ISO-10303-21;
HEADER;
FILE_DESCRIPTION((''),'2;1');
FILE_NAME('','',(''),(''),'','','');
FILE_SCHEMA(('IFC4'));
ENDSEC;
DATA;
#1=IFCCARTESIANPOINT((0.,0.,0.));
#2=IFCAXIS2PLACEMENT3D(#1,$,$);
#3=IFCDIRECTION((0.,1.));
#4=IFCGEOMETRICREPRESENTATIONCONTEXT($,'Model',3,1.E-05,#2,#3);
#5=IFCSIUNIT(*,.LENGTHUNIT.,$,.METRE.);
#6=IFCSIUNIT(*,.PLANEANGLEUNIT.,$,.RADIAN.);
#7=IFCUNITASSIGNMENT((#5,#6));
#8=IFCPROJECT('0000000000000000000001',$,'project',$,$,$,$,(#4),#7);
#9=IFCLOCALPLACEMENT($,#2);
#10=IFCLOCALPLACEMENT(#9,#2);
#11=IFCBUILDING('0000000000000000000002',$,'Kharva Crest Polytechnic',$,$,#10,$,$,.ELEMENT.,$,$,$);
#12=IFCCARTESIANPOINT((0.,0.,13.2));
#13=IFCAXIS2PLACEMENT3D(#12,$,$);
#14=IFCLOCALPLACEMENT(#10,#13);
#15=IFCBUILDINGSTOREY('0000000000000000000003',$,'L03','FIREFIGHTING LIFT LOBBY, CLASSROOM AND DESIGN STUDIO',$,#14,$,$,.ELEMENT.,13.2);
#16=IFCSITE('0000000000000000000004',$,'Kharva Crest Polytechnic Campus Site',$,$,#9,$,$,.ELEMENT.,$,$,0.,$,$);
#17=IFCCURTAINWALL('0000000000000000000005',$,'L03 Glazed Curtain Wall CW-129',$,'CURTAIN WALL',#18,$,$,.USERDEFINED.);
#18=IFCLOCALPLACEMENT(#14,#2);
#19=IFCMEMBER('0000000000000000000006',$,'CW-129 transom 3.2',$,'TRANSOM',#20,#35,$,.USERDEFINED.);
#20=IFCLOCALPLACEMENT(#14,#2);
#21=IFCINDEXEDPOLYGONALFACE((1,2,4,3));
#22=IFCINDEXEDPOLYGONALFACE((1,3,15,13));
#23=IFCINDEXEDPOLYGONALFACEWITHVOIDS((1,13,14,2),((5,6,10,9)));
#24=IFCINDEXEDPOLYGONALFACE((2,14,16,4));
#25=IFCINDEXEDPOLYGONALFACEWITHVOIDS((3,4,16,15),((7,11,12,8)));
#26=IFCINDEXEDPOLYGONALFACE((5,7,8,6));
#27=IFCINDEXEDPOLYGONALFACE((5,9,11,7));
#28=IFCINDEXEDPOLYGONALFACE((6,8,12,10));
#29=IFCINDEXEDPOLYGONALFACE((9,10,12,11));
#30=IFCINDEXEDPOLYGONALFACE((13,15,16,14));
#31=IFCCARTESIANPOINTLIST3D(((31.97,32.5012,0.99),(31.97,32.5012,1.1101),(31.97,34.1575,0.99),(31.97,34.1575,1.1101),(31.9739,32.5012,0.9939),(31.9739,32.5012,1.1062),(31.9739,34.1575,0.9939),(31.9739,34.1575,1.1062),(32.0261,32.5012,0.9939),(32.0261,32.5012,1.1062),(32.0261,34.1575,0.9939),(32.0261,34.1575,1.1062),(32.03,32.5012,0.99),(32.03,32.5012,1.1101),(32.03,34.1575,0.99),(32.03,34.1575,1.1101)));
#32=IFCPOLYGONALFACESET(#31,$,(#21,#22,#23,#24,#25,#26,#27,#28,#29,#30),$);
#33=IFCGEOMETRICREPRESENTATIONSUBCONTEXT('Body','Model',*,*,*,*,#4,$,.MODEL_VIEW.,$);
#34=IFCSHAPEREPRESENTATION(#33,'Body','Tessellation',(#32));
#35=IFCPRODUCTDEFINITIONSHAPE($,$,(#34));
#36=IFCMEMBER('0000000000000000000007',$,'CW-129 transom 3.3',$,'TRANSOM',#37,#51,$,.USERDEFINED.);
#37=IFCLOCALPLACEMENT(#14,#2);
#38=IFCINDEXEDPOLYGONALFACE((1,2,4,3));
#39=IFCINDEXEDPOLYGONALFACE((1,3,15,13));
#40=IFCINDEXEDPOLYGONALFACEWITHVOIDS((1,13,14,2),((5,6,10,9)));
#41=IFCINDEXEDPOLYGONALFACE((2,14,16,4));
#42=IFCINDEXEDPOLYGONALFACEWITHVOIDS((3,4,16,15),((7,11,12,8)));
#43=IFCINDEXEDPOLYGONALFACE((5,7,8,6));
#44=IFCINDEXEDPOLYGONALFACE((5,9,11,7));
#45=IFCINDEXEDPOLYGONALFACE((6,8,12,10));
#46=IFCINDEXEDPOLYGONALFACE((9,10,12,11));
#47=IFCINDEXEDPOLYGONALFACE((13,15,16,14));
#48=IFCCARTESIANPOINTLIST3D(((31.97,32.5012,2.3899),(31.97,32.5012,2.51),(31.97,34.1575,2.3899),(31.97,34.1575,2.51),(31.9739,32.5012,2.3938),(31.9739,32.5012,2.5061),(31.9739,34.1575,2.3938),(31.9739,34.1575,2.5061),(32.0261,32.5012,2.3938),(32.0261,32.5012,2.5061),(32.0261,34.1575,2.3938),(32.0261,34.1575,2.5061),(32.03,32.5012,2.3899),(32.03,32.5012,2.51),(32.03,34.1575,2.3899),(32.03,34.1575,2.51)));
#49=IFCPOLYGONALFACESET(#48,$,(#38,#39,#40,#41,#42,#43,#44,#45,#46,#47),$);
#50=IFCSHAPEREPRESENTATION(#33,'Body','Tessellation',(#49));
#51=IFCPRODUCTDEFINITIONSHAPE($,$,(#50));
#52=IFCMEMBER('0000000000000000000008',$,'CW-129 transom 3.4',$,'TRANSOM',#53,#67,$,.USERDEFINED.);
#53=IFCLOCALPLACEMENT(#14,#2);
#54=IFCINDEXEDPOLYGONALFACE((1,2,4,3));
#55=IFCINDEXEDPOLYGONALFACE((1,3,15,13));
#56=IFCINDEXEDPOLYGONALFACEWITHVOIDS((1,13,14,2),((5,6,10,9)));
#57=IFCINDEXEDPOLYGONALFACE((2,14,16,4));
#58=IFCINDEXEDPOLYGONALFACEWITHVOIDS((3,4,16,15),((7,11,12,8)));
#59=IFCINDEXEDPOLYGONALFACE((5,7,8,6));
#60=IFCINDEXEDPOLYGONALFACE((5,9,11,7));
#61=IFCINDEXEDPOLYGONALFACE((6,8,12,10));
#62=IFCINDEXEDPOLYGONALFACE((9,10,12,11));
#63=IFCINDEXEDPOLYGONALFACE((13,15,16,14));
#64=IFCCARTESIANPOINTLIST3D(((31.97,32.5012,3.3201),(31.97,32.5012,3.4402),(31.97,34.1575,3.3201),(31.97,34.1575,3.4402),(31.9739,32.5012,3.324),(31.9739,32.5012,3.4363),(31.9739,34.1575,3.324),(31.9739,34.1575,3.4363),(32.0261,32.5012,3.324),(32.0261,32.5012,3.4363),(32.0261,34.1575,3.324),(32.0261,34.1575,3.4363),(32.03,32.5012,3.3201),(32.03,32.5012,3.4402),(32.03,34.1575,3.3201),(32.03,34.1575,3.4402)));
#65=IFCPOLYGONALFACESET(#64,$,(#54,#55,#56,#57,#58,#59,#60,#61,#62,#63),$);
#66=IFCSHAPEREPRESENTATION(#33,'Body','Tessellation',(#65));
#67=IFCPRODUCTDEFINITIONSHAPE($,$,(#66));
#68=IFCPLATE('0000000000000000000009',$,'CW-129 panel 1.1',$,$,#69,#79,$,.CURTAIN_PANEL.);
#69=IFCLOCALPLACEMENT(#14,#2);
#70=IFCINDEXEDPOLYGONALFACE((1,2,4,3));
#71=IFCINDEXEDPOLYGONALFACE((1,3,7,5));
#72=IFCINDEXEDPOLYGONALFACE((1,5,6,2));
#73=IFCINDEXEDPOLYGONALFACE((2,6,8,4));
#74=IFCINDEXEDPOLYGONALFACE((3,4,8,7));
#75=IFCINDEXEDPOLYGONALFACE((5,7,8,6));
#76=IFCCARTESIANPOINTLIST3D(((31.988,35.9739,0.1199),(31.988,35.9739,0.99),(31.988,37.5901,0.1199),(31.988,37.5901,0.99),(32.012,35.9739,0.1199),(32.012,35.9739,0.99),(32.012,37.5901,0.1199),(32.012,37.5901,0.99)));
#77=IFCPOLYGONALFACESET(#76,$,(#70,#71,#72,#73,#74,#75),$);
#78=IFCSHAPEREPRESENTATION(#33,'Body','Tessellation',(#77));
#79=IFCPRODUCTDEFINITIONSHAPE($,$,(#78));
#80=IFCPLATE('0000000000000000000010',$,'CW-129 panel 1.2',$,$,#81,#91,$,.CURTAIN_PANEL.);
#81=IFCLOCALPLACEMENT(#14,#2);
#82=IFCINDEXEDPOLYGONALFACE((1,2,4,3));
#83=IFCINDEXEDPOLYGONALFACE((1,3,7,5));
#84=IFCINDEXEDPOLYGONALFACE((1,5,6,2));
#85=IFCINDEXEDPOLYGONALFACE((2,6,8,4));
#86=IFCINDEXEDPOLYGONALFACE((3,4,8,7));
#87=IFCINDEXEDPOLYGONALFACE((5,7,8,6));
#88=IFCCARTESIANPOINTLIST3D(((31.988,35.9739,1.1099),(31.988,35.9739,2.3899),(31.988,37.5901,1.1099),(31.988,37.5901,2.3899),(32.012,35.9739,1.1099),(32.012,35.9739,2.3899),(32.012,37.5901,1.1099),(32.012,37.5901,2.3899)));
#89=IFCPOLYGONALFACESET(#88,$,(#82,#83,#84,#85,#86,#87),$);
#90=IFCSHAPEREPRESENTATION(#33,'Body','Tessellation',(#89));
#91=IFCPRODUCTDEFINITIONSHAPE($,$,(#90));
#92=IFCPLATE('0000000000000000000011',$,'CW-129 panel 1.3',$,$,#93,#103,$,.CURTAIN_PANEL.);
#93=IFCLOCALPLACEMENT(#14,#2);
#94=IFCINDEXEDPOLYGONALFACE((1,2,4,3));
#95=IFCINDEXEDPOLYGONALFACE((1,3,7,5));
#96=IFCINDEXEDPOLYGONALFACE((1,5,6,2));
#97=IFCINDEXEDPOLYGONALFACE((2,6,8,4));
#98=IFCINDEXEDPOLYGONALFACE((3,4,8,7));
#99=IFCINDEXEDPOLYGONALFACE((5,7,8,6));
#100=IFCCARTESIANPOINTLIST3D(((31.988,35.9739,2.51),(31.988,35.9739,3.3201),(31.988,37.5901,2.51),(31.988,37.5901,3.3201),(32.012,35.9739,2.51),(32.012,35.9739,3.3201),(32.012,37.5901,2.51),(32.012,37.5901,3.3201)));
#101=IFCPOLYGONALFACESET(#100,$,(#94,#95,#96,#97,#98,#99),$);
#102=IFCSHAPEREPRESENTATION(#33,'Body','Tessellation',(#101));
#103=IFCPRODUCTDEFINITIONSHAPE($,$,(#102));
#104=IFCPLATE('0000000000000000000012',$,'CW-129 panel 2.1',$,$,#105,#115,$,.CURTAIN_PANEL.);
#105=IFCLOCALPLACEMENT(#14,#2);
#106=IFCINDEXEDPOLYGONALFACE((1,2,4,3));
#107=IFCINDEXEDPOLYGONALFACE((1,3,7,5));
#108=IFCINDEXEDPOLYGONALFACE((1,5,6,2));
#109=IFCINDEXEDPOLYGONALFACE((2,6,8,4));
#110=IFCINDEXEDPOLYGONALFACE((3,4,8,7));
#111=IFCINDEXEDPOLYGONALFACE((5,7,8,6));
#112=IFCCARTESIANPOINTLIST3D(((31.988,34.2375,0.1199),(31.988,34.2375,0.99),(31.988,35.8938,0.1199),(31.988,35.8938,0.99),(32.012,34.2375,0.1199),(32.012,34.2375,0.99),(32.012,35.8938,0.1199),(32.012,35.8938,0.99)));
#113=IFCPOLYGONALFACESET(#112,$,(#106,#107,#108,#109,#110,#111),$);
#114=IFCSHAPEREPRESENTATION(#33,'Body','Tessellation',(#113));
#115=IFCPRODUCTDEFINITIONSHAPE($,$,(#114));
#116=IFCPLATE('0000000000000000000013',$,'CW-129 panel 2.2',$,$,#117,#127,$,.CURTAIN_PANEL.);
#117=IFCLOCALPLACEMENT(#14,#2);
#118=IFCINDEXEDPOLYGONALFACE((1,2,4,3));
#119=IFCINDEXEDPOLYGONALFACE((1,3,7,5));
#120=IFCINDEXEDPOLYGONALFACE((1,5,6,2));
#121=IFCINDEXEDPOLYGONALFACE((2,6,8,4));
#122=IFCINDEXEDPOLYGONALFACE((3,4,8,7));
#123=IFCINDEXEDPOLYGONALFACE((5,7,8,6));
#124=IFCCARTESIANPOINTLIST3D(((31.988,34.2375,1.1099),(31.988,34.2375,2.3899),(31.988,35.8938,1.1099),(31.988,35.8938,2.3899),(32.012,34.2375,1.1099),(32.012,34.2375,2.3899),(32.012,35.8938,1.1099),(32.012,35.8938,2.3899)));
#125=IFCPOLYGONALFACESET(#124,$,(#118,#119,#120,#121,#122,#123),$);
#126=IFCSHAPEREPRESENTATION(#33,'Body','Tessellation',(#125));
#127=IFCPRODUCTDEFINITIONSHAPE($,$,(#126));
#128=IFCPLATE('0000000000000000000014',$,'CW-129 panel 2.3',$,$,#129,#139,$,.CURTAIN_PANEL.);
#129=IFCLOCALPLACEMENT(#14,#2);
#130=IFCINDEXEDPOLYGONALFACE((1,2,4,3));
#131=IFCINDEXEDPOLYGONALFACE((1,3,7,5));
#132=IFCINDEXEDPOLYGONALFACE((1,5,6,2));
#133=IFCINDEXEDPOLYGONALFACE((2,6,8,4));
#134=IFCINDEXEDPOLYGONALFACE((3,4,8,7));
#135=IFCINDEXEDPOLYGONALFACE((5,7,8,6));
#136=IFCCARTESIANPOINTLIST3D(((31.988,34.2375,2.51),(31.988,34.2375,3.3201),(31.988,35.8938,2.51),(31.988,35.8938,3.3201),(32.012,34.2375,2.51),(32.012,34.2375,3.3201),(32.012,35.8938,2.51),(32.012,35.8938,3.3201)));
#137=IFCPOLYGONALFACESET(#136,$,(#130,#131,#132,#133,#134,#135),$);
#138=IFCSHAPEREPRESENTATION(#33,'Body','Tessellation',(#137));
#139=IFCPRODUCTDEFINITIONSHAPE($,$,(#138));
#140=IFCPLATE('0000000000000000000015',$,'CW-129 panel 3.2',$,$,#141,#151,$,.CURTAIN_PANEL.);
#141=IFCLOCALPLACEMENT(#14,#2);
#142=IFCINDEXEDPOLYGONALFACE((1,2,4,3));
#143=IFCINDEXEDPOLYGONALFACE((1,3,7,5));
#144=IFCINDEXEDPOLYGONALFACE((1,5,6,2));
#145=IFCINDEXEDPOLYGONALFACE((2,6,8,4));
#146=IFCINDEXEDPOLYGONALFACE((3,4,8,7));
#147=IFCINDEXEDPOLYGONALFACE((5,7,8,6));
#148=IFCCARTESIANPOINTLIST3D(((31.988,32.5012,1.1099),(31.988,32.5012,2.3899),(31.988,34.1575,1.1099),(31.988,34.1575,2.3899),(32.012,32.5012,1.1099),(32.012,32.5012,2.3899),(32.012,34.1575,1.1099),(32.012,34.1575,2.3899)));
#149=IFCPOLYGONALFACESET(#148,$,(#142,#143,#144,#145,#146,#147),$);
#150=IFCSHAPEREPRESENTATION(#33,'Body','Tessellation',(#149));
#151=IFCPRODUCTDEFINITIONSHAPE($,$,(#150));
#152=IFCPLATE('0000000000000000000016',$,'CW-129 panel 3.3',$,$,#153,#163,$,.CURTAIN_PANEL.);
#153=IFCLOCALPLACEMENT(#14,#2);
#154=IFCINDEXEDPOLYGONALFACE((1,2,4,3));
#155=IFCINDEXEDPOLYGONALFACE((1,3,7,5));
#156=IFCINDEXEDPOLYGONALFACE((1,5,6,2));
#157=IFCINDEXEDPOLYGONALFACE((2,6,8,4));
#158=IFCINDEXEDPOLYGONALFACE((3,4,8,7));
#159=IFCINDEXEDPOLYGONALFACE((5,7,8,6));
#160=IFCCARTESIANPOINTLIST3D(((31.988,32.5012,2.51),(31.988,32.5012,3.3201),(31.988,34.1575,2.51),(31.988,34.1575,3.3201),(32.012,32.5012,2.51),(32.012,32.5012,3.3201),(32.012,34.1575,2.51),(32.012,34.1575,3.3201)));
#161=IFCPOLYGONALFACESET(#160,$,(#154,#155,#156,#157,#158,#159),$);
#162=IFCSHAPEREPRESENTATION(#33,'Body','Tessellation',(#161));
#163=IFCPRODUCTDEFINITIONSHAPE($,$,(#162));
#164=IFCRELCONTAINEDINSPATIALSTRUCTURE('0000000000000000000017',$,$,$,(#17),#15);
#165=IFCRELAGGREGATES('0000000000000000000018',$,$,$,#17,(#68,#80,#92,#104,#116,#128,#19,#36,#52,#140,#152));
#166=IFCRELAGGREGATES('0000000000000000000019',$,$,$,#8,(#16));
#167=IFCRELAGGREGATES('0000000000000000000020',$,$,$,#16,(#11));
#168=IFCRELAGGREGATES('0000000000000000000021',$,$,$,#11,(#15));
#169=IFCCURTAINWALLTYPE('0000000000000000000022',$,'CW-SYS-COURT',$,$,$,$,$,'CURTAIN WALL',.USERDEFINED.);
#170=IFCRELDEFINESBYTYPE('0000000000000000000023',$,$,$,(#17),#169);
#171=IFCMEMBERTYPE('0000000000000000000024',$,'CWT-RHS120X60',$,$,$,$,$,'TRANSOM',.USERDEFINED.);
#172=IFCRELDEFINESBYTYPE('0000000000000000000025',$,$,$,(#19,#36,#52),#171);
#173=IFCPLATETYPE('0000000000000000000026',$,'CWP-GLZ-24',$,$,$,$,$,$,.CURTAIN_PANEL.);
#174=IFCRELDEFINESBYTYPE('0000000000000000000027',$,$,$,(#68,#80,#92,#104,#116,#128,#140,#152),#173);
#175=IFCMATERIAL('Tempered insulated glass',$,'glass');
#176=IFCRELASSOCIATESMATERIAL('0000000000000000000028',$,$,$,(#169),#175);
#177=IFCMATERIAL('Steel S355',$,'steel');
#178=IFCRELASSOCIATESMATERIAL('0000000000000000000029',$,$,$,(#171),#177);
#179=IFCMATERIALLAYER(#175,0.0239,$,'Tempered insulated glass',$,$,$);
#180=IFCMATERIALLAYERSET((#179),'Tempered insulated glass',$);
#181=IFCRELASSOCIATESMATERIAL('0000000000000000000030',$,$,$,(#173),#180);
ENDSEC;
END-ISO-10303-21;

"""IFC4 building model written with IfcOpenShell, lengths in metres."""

from ifc_helpers import new_model, si_unit, direction, frame, origin, origin_2d, place, context, subcontext, project, spatial, rectangle, hollow_rectangle, extrude, material, layer, layer_set, material_profile, profile_set, type_object, element, aggregate, save


model = new_model("IFC4")

# Units and contexts
model_context = context("Model", 3, precision=1e-05, world=origin(), true_north=direction((0.0, 1.0)))
body_context = subcontext(model_context, "Body", "Model", "MODEL_VIEW")
ifc_project = project(units=[si_unit("LENGTHUNIT", "METRE"), si_unit("PLANEANGLEUNIT", "RADIAN")], contexts=[model_context])

# Site, building, storey
site_placement = place(None, origin())
site = spatial("IfcSite", under=ifc_project, at=site_placement, Name="Kharva Crest Polytechnic Campus Site", CompositionType="ELEMENT", RefElevation=0.0)
building_placement = place(site_placement, origin())
building = spatial("IfcBuilding", under=site, at=building_placement, Name="Kharva Crest Polytechnic", CompositionType="ELEMENT")
storey_placement = place(building_placement, frame((0.0, 0.0, 13.2)))
storey = spatial("IfcBuildingStorey", under=building, at=storey_placement, Name="L03", Description="FIREFIGHTING LIFT LOBBY, CLASSROOM AND DESIGN STUDIO", CompositionType="ELEMENT", Elevation=13.2)

# Curtain wall, members, plates
ifc_material_1 = material(Name="Tempered insulated glass", Category="glass")
curtain_wall_type = type_object("IfcCurtainWallType", Name="CW-SYS-COURT", ElementType="CURTAIN WALL", PredefinedType="USERDEFINED", material=ifc_material_1)
curtain_wall_placement = place(storey_placement, origin())
curtain_wall = element("IfcCurtainWall", 1, at=curtain_wall_placement, inside=storey, type_object=curtain_wall_type, Name="L03 Glazed Curtain Wall CW-129", ObjectType="CURTAIN WALL", PredefinedType="USERDEFINED")
ifc_material_2 = material(Name="Steel S355", Category="steel")
ifc_material_profile_1 = material_profile(ifc_material_2, hollow_rectangle(XDim=0.0601, YDim=0.1201, WallThickness=0.0039, at=origin_2d()), Name="RHS 120X60X4.0")
ifc_profile_set_1 = profile_set([ifc_material_profile_1], Name="Steel S355")
member_type_1 = type_object("IfcMemberType", Name="CWT-RHS120X60", ElementType="TRANSOM", PredefinedType="USERDEFINED", material=ifc_profile_set_1)
member_1_placement = place(storey_placement, frame((32.0, 34.1575, 1.05), z_axis=(0.0, -1.0, 0.0), x_axis=(1.0, 0.0, 0.0)))
member_1 = element("IfcMember", 2, at=member_1_placement, type_object=member_type_1, Name="CW-129 transom 3.2", ObjectType="TRANSOM", PredefinedType="USERDEFINED", context=body_context, shape_type="SweptSolid", body=[
    extrude(hollow_rectangle(XDim=0.0601, YDim=0.1201, WallThickness=0.0039, at=origin_2d()), origin(), (0.0, 0.0, 1.0), 1.6562),
])
member_2_placement = place(storey_placement, frame((32.0, 34.1575, 2.45), z_axis=(0.0, -1.0, 0.0), x_axis=(1.0, 0.0, 0.0)))
member_2 = element("IfcMember", 3, at=member_2_placement, type_object=member_type_1, Name="CW-129 transom 3.3", ObjectType="TRANSOM", PredefinedType="USERDEFINED", context=body_context, shape_type="SweptSolid", body=[
    extrude(hollow_rectangle(XDim=0.0601, YDim=0.1201, WallThickness=0.0039, at=origin_2d()), origin(), (0.0, 0.0, 1.0), 1.6562),
])
member_3_placement = place(storey_placement, frame((32.0, 34.1575, 3.3801), z_axis=(0.0, -1.0, 0.0), x_axis=(1.0, 0.0, 0.0)))
member_3 = element("IfcMember", 4, at=member_3_placement, type_object=member_type_1, Name="CW-129 transom 3.4", ObjectType="TRANSOM", PredefinedType="USERDEFINED", context=body_context, shape_type="SweptSolid", body=[
    extrude(hollow_rectangle(XDim=0.0601, YDim=0.1201, WallThickness=0.0039, at=origin_2d()), origin(), (0.0, 0.0, 1.0), 1.6562),
])
ifc_layer = layer(ifc_material_1, 0.0239, Name="Tempered insulated glass")
ifc_layer_set = layer_set([ifc_layer], Name="Tempered insulated glass")
plate_type = type_object("IfcPlateType", Name="CWP-GLZ-24", PredefinedType="CURTAIN_PANEL", material=ifc_layer_set)
plate_1_placement = place(storey_placement, frame((32.0, 36.782, 0.1199), z_axis=(0.0, 0.0, 1.0), x_axis=(0.0, -1.0, 0.0)))
plate_1 = element("IfcPlate", 5, at=plate_1_placement, type_object=plate_type, Name="CW-129 panel 1.1", PredefinedType="CURTAIN_PANEL", context=body_context, shape_type="SweptSolid", body=[
    extrude(rectangle(XDim=1.6162, YDim=0.0239, at=origin_2d()), origin(), (0.0, 0.0, 1.0), 0.8701),
])
plate_2_placement = place(storey_placement, frame((32.0, 36.782, 1.1099), z_axis=(0.0, 0.0, 1.0), x_axis=(0.0, -1.0, 0.0)))
plate_2 = element("IfcPlate", 6, at=plate_2_placement, type_object=plate_type, Name="CW-129 panel 1.2", PredefinedType="CURTAIN_PANEL", context=body_context, shape_type="SweptSolid", body=[
    extrude(rectangle(XDim=1.6162, YDim=0.0239, at=origin_2d()), origin(), (0.0, 0.0, 1.0), 1.28),
])
plate_3_placement = place(storey_placement, frame((32.0, 36.782, 2.51), z_axis=(0.0, 0.0, 1.0), x_axis=(0.0, -1.0, 0.0)))
plate_3 = element("IfcPlate", 7, at=plate_3_placement, type_object=plate_type, Name="CW-129 panel 1.3", PredefinedType="CURTAIN_PANEL", context=body_context, shape_type="SweptSolid", body=[
    extrude(rectangle(XDim=1.6162, YDim=0.0239, at=origin_2d()), origin(), (0.0, 0.0, 1.0), 0.8101),
])
plate_4_placement = place(storey_placement, frame((32.0, 35.0657, 0.1199), z_axis=(0.0, 0.0, 1.0), x_axis=(0.0, -1.0, 0.0)))
plate_4 = element("IfcPlate", 8, at=plate_4_placement, type_object=plate_type, Name="CW-129 panel 2.1", PredefinedType="CURTAIN_PANEL", context=body_context, shape_type="SweptSolid", body=[
    extrude(rectangle(XDim=1.6562, YDim=0.0239, at=origin_2d()), origin(), (0.0, 0.0, 1.0), 0.8701),
])
plate_5_placement = place(storey_placement, frame((32.0, 35.0657, 1.1099), z_axis=(0.0, 0.0, 1.0), x_axis=(0.0, -1.0, 0.0)))
plate_5 = element("IfcPlate", 9, at=plate_5_placement, type_object=plate_type, Name="CW-129 panel 2.2", PredefinedType="CURTAIN_PANEL", context=body_context, shape_type="SweptSolid", body=[
    extrude(rectangle(XDim=1.6562, YDim=0.0239, at=origin_2d()), origin(), (0.0, 0.0, 1.0), 1.28),
])
plate_6_placement = place(storey_placement, frame((32.0, 35.0657, 2.51), z_axis=(0.0, 0.0, 1.0), x_axis=(0.0, -1.0, 0.0)))
plate_6 = element("IfcPlate", 10, at=plate_6_placement, type_object=plate_type, Name="CW-129 panel 2.3", PredefinedType="CURTAIN_PANEL", context=body_context, shape_type="SweptSolid", body=[
    extrude(rectangle(XDim=1.6562, YDim=0.0239, at=origin_2d()), origin(), (0.0, 0.0, 1.0), 0.8101),
])
plate_7_placement = place(storey_placement, frame((32.0, 33.3293, 1.1099), z_axis=(0.0, 0.0, 1.0), x_axis=(0.0, -1.0, 0.0)))
plate_7 = element("IfcPlate", 11, at=plate_7_placement, type_object=plate_type, Name="CW-129 panel 3.2", PredefinedType="CURTAIN_PANEL", context=body_context, shape_type="SweptSolid", body=[
    extrude(rectangle(XDim=1.6562, YDim=0.0239, at=origin_2d()), origin(), (0.0, 0.0, 1.0), 1.28),
])
plate_8_placement = place(storey_placement, frame((32.0, 33.3293, 2.51), z_axis=(0.0, 0.0, 1.0), x_axis=(0.0, -1.0, 0.0)))
plate_8 = element("IfcPlate", 12, at=plate_8_placement, type_object=plate_type, Name="CW-129 panel 3.3", PredefinedType="CURTAIN_PANEL", context=body_context, shape_type="SweptSolid", body=[
    extrude(rectangle(XDim=1.6562, YDim=0.0239, at=origin_2d()), origin(), (0.0, 0.0, 1.0), 0.8101),
])
aggregate(curtain_wall, [plate_1, plate_2, plate_3, plate_4, plate_5, plate_6, member_1, member_2, member_3, plate_7, plate_8])

save(model, "model.ifc")
